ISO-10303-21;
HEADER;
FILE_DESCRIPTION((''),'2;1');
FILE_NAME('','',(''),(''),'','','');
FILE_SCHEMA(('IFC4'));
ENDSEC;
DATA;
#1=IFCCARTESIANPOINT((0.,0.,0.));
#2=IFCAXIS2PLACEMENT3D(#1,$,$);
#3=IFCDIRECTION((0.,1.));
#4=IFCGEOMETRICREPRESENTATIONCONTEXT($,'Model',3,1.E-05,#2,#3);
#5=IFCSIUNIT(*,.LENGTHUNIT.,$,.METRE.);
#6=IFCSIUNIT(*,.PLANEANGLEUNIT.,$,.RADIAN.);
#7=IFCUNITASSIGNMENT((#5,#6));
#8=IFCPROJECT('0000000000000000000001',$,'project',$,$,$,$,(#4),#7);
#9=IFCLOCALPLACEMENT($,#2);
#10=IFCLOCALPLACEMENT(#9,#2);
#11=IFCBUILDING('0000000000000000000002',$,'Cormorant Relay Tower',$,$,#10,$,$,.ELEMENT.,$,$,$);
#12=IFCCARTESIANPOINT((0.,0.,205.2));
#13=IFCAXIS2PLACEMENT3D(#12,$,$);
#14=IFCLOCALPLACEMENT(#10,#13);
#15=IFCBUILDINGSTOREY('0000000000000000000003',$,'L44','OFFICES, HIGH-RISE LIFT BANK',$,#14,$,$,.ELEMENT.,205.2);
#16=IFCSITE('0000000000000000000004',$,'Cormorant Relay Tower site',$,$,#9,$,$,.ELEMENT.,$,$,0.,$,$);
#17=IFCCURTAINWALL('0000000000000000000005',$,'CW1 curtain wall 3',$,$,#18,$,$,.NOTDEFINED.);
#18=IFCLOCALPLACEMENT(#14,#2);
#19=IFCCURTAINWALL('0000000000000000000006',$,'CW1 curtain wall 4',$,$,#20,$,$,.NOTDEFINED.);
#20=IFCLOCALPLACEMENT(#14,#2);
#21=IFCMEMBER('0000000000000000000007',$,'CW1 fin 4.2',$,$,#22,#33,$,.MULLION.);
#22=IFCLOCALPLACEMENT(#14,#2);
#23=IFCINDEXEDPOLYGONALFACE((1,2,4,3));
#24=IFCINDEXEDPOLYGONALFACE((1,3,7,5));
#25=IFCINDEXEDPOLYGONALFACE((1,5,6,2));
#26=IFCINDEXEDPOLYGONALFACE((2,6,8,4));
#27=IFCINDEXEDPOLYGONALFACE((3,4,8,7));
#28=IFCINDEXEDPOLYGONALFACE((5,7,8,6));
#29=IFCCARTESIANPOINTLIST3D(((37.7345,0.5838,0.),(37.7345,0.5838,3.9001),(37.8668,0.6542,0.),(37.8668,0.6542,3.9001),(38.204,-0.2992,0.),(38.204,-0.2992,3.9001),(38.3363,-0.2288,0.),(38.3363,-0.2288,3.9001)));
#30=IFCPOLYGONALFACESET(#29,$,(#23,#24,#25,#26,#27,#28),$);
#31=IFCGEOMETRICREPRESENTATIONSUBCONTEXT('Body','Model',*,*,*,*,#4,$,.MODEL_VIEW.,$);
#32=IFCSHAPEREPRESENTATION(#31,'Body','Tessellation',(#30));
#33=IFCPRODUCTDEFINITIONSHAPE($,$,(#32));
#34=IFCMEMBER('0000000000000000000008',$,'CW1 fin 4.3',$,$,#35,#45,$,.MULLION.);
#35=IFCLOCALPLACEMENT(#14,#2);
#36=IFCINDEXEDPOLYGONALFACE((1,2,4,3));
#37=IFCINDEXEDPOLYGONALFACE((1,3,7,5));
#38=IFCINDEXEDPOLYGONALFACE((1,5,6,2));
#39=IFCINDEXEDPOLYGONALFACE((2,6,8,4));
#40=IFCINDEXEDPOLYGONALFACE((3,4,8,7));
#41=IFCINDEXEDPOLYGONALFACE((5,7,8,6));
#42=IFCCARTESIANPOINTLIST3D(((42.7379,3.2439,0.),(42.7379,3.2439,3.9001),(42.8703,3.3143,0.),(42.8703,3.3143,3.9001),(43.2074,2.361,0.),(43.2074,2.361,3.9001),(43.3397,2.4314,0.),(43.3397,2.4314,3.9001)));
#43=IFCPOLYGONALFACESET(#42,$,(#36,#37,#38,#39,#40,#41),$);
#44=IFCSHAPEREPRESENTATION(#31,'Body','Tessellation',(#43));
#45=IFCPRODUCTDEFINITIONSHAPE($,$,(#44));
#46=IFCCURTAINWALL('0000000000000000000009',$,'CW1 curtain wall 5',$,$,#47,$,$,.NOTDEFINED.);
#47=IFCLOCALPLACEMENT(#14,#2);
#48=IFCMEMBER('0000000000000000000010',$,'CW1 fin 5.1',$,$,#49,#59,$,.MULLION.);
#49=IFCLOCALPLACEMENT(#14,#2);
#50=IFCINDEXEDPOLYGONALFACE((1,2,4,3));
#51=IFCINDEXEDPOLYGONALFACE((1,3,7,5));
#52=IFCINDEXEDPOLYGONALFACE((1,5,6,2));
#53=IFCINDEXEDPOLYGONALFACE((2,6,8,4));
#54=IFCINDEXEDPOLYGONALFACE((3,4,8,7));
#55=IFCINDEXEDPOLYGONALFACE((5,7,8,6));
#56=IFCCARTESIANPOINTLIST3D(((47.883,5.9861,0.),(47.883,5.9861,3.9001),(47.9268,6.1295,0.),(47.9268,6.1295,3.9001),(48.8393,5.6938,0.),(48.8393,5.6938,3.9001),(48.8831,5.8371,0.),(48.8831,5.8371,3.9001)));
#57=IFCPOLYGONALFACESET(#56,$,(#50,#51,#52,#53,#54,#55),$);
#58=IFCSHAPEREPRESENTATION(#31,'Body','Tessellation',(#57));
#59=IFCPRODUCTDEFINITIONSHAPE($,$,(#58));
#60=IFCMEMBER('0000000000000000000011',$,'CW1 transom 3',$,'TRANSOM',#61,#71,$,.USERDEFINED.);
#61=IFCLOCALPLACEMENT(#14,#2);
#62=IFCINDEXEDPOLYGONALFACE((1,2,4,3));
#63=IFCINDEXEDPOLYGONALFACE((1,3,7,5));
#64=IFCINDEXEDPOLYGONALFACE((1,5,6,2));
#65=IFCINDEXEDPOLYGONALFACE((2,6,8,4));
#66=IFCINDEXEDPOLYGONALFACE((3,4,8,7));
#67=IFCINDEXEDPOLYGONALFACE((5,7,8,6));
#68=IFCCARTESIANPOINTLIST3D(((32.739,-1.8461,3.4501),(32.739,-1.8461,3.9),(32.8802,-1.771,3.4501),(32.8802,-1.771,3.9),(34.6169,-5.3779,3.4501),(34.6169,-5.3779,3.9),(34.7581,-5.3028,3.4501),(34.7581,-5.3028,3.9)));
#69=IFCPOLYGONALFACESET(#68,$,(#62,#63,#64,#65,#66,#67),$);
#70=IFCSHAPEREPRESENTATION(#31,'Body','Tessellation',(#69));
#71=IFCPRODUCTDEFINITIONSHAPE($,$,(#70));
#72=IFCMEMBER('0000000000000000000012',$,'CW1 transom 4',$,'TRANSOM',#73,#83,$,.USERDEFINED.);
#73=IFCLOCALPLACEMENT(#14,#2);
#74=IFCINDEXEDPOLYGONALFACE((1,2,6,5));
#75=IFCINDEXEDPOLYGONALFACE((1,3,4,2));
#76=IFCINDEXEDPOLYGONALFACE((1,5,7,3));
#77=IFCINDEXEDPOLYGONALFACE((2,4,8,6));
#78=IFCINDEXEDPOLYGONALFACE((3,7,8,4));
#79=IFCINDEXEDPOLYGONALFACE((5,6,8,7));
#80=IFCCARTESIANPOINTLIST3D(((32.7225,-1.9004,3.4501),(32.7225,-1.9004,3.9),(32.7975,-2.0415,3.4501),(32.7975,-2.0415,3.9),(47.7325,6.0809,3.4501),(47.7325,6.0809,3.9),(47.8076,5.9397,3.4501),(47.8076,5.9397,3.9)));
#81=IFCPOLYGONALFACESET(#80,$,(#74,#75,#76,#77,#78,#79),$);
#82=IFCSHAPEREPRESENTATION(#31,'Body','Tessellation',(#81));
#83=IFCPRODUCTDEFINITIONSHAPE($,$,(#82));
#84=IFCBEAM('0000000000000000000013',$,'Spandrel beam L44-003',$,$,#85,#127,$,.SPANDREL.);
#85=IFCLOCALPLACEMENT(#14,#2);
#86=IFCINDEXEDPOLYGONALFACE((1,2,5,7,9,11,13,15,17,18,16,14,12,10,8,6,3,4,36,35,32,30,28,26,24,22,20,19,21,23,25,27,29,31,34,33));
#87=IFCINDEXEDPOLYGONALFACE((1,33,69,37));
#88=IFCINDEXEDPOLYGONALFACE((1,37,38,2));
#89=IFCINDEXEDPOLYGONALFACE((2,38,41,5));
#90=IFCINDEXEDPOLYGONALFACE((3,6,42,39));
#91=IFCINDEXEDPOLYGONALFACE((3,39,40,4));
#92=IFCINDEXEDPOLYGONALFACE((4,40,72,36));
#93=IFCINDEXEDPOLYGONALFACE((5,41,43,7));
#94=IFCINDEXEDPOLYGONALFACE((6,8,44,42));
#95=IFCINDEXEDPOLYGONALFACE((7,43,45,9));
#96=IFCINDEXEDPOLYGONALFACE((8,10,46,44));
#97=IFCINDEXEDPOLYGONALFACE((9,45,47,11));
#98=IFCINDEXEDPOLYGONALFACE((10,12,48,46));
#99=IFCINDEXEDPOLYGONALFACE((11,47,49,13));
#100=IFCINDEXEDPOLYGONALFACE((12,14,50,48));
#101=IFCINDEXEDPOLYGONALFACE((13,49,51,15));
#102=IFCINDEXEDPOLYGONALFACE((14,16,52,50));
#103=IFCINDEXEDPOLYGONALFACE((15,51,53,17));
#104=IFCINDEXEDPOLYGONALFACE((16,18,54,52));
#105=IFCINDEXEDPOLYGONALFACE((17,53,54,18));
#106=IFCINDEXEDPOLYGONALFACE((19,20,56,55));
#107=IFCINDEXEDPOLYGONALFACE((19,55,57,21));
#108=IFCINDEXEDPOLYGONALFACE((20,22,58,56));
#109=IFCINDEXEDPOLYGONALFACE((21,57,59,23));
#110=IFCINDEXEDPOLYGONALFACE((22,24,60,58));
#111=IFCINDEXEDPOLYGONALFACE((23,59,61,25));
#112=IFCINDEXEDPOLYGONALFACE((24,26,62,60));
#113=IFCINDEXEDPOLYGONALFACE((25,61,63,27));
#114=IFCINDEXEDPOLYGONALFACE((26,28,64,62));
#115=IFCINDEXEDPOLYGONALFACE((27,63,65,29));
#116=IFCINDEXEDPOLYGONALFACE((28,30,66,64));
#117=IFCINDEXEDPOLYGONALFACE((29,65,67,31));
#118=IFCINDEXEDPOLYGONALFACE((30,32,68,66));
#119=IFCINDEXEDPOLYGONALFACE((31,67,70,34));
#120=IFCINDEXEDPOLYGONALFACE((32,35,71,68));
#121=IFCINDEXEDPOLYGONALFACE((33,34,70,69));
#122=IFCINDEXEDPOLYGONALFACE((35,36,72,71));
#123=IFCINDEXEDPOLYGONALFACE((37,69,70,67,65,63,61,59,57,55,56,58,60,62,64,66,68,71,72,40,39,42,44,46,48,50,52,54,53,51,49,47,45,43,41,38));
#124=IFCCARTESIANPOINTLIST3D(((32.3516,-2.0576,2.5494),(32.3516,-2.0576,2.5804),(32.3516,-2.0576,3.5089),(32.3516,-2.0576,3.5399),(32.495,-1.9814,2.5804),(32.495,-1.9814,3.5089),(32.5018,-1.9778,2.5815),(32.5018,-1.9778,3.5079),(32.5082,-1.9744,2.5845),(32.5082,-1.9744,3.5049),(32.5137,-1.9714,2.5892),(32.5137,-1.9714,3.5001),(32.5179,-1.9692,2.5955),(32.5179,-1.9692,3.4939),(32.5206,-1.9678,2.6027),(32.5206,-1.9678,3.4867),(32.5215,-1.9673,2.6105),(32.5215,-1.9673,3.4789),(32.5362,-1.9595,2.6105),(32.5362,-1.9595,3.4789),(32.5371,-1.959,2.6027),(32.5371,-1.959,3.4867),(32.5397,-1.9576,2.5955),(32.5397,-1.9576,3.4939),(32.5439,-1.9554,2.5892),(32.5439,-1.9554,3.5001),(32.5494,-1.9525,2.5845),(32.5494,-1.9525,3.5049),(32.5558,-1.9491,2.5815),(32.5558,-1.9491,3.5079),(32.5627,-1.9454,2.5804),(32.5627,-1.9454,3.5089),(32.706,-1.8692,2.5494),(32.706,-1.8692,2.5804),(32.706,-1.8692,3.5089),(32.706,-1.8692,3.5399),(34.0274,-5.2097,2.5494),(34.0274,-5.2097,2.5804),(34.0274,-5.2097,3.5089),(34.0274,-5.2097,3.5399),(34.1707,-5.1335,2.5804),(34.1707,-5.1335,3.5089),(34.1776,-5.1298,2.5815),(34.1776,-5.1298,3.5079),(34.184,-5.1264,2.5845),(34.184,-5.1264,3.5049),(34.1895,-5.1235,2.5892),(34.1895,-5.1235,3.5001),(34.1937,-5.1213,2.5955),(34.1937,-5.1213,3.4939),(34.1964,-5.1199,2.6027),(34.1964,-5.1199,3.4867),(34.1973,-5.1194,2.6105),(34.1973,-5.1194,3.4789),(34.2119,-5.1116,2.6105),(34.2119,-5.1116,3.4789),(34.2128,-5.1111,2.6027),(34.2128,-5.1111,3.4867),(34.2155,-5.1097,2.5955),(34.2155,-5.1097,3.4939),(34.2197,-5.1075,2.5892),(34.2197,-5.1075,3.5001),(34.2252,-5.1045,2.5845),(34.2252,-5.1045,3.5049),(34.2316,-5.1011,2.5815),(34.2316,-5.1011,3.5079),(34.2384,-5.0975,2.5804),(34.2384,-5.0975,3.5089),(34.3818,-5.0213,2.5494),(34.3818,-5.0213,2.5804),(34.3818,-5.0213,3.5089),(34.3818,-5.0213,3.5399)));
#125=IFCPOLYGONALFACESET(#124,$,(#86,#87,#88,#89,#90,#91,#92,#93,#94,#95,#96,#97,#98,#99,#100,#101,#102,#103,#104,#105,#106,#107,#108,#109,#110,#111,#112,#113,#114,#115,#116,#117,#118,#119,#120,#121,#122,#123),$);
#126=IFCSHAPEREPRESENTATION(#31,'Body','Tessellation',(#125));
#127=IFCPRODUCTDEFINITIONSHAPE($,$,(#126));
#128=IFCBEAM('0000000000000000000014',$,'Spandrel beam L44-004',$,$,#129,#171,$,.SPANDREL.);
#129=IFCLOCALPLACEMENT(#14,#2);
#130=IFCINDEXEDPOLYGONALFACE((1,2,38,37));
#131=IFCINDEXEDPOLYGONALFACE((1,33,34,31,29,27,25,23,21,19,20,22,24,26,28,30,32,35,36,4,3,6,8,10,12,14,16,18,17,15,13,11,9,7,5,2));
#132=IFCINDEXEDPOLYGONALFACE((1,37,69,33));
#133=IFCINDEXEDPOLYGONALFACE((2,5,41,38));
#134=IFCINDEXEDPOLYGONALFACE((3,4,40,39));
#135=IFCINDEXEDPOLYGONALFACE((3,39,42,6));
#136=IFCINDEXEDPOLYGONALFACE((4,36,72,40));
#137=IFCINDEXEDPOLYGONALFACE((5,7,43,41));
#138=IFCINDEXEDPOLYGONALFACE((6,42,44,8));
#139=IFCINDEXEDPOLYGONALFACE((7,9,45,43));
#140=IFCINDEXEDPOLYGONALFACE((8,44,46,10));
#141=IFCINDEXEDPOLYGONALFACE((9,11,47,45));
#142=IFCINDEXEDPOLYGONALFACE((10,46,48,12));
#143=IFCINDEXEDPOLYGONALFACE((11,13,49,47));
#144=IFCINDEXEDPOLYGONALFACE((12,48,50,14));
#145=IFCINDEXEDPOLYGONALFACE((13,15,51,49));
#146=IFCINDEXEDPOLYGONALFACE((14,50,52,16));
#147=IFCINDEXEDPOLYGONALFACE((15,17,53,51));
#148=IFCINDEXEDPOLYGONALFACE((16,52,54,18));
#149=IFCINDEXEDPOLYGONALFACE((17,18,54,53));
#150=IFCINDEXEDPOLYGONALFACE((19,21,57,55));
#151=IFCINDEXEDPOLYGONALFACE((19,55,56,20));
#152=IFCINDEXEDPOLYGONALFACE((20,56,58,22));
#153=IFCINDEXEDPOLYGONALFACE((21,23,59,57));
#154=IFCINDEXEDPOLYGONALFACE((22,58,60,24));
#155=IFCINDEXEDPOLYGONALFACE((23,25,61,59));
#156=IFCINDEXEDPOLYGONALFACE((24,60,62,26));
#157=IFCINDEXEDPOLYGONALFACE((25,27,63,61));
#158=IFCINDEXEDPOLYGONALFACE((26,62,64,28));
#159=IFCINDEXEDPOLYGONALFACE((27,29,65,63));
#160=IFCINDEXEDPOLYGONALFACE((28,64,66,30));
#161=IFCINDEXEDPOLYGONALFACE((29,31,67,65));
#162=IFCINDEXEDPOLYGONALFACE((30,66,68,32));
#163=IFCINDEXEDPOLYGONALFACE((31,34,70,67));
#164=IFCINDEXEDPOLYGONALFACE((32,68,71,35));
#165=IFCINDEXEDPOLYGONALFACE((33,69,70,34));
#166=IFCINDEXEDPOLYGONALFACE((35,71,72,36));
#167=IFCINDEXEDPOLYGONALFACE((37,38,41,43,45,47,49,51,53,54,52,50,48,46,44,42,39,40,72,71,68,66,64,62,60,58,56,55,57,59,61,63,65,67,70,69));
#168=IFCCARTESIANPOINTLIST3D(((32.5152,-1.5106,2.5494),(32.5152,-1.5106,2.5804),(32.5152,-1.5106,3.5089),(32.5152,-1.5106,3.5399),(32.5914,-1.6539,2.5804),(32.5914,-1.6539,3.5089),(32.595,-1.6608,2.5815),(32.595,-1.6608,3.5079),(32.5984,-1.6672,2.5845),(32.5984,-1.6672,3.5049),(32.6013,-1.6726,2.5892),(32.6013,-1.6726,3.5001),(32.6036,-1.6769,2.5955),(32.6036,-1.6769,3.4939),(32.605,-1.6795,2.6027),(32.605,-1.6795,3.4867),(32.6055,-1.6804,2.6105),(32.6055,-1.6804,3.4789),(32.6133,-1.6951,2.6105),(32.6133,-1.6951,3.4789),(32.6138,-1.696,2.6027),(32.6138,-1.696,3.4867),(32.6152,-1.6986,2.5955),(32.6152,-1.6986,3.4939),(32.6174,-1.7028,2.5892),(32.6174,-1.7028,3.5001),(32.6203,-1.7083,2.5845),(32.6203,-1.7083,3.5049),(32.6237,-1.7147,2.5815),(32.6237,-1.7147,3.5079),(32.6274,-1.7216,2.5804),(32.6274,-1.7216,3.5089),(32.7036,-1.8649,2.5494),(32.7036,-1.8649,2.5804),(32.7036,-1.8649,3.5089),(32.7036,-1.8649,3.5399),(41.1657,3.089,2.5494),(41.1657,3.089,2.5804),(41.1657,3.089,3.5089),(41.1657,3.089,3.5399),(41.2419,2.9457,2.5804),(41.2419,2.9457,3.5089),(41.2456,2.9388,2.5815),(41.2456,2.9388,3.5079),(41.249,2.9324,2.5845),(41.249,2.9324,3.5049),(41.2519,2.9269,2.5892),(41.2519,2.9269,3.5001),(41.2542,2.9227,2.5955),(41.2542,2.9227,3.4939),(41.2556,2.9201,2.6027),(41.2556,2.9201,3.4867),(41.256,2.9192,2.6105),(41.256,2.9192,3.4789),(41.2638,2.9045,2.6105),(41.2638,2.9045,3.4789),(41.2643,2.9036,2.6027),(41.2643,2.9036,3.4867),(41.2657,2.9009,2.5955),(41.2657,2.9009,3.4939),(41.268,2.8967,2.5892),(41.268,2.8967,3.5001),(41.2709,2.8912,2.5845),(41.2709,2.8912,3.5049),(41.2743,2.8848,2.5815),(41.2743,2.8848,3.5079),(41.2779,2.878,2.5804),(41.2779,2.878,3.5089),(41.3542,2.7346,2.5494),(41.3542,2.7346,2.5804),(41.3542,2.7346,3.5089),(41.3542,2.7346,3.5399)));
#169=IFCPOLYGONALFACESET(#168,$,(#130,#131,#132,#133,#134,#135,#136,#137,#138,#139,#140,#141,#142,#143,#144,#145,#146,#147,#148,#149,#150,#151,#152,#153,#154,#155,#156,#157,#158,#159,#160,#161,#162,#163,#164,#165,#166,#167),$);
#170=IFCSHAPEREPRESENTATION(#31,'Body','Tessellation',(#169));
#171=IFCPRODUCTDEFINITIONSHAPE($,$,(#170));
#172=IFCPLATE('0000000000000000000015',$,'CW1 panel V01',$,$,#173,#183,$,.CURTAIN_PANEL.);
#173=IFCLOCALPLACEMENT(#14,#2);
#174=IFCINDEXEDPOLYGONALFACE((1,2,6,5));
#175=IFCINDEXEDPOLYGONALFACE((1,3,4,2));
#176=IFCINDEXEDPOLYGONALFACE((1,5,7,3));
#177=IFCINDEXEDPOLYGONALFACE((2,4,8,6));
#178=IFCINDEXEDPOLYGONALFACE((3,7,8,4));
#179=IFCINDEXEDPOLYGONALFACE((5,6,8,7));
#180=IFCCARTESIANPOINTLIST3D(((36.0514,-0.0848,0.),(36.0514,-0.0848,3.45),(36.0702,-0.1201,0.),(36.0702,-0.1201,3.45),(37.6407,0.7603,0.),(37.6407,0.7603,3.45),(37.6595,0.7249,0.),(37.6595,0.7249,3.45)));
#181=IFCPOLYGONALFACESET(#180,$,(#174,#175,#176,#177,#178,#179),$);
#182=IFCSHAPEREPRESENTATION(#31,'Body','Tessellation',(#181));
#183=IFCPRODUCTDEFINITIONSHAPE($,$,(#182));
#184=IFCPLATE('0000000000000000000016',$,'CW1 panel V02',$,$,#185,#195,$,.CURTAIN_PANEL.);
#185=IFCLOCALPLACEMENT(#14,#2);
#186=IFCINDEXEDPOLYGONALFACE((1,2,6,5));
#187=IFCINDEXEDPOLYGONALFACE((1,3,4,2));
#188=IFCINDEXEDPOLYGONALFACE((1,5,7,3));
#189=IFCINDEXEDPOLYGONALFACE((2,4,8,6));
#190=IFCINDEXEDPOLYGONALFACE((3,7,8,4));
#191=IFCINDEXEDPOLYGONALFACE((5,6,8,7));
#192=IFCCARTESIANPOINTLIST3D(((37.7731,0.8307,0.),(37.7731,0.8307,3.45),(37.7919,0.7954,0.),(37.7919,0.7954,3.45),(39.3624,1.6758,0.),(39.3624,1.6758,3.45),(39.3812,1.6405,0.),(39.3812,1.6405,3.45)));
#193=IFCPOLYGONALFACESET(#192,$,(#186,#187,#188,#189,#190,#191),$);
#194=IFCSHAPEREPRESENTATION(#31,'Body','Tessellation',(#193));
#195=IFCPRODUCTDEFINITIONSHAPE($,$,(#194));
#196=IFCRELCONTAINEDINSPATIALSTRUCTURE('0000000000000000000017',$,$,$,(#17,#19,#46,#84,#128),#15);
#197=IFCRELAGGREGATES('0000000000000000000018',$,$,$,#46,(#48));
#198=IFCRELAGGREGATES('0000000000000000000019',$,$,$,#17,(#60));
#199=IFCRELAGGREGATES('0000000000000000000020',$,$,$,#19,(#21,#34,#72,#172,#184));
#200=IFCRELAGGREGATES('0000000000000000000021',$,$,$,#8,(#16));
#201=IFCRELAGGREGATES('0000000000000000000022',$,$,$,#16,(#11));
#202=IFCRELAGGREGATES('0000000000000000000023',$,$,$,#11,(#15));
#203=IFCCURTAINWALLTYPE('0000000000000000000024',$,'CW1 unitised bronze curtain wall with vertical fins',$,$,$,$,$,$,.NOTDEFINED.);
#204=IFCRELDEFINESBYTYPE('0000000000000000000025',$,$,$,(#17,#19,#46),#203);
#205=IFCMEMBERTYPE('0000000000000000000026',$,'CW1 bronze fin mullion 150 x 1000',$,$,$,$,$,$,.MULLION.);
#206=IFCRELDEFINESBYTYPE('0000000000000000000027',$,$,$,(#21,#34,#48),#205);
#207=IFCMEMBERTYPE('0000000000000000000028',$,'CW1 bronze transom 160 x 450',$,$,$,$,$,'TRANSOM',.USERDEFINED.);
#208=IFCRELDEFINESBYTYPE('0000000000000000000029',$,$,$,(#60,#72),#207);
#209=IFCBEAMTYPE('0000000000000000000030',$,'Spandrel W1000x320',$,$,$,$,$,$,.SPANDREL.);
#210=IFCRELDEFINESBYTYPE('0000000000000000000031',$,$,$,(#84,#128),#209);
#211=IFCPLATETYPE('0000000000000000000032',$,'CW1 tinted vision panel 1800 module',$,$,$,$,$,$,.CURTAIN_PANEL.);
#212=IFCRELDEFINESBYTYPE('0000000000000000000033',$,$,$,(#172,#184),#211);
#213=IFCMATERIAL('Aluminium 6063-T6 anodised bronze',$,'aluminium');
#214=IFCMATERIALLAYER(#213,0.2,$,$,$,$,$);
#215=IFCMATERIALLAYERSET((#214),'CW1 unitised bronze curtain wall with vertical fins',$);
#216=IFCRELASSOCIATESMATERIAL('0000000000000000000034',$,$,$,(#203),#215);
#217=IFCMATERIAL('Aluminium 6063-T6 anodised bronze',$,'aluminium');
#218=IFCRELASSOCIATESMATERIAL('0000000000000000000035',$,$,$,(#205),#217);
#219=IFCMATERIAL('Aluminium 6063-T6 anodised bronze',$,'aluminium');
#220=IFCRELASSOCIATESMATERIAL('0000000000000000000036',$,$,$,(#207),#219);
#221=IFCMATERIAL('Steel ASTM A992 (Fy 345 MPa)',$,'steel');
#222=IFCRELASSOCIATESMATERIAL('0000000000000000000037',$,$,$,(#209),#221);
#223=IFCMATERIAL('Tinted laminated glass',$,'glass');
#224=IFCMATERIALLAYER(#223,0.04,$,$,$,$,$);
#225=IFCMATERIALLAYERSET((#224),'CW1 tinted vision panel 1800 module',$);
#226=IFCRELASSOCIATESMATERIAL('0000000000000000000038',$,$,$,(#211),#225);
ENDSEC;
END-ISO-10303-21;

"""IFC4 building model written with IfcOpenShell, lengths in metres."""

from ifc_helpers import new_model, si_unit, direction, frame, origin, origin_2d, place, context, subcontext, project, spatial, rectangle, i_section, extrude, material, layer, layer_set, material_profile, profile_set, type_object, element, aggregate, save


model = new_model("IFC4")

# Units and contexts
model_context = context("Model", 3, precision=1e-05, world=origin(), true_north=direction((0.0, 1.0)))
body_context = subcontext(model_context, "Body", "Model", "MODEL_VIEW")
ifc_project = project(units=[si_unit("LENGTHUNIT", "METRE"), si_unit("PLANEANGLEUNIT", "RADIAN")], contexts=[model_context])

# Site, building, storey
site_placement = place(None, origin())
site = spatial("IfcSite", under=ifc_project, at=site_placement, Name="Cormorant Relay Tower site", CompositionType="ELEMENT", RefElevation=0.0)
building_placement = place(site_placement, origin())
building = spatial("IfcBuilding", under=site, at=building_placement, Name="Cormorant Relay Tower", CompositionType="ELEMENT")
storey_placement = place(building_placement, frame((0.0, 0.0, 205.2)))
storey = spatial("IfcBuildingStorey", under=building, at=storey_placement, Name="L44", Description="OFFICES, HIGH-RISE LIFT BANK", CompositionType="ELEMENT", Elevation=205.2)

# Shared definitions
ifc_material_1 = material(Name="Aluminium 6063-T6 anodised bronze", Category="aluminium")
ifc_layer_1 = layer(ifc_material_1, 0.2)
ifc_layer_set_1 = layer_set([ifc_layer_1], Name="CW1 unitised bronze curtain wall with vertical fins")
curtain_wall_type = type_object("IfcCurtainWallType", Name="CW1 unitised bronze curtain wall with vertical fins", PredefinedType="NOTDEFINED", material=ifc_layer_set_1)
ifc_material_2 = material(Name="Aluminium 6063-T6 anodised bronze", Category="aluminium")
ifc_material_profile_1 = material_profile(ifc_material_2, rectangle(XDim=0.1499, YDim=1.0, at=origin_2d()), Name="AL 150x1000")
ifc_profile_set_1 = profile_set([ifc_material_profile_1], Name="Aluminium 6063-T6 anodised bronze")
member_type_1 = type_object("IfcMemberType", Name="CW1 bronze fin mullion 150 x 1000", PredefinedType="MULLION", material=ifc_profile_set_1)

# Curtain wall
curtain_wall_1_placement = place(storey_placement, origin())
curtain_wall_1 = element("IfcCurtainWall", 1, at=curtain_wall_1_placement, inside=storey, type_object=curtain_wall_type, Name="CW1 curtain wall 3", PredefinedType="NOTDEFINED")

# Curtain wall, members
curtain_wall_2_placement = place(storey_placement, origin())
curtain_wall_2 = element("IfcCurtainWall", 2, at=curtain_wall_2_placement, inside=storey, type_object=curtain_wall_type, Name="CW1 curtain wall 4", PredefinedType="NOTDEFINED")
member_1_placement = place(storey_placement, frame((38.0354, 0.1775, 0.0), z_axis=(0.0, 0.0, 1.0), x_axis=(0.882948, 0.469472, 0.0)))
member_1 = element("IfcMember", 3, at=member_1_placement, type_object=member_type_1, Name="CW1 fin 4.2", PredefinedType="MULLION", context=body_context, shape_type="SweptSolid", body=[
    extrude(rectangle(XDim=0.1499, YDim=1.0, at=origin_2d()), origin(), (0.0, 0.0, 1.0), 3.9001),
])
member_2_placement = place(storey_placement, frame((43.0388, 2.8376, 0.0), z_axis=(0.0, 0.0, 1.0), x_axis=(0.882948, 0.469472, 0.0)))
member_2 = element("IfcMember", 4, at=member_2_placement, type_object=member_type_1, Name="CW1 fin 4.3", PredefinedType="MULLION", context=body_context, shape_type="SweptSolid", body=[
    extrude(rectangle(XDim=0.1499, YDim=1.0, at=origin_2d()), origin(), (0.0, 0.0, 1.0), 3.9001),
])

# Curtain wall, member
curtain_wall_3_placement = place(storey_placement, origin())
curtain_wall_3 = element("IfcCurtainWall", 5, at=curtain_wall_3_placement, inside=storey, type_object=curtain_wall_type, Name="CW1 curtain wall 5", PredefinedType="NOTDEFINED")
member_3_placement = place(storey_placement, frame((48.3831, 5.9116, 0.0), z_axis=(0.0, 0.0, 1.0), x_axis=(0.292372, 0.956305, 0.0)))
member_3 = element("IfcMember", 6, at=member_3_placement, type_object=member_type_1, Name="CW1 fin 5.1", PredefinedType="MULLION", context=body_context, shape_type="SweptSolid", body=[
    extrude(rectangle(XDim=0.1499, YDim=1.0, at=origin_2d()), origin(), (0.0, 0.0, 1.0), 3.9001),
])
aggregate(curtain_wall_3, [member_3])

# Members
ifc_material_3 = material(Name="Aluminium 6063-T6 anodised bronze", Category="aluminium")
ifc_material_profile_2 = material_profile(ifc_material_3, rectangle(XDim=0.1599, YDim=0.45, at=origin_2d()), Name="AL 160x450")
ifc_profile_set_2 = profile_set([ifc_material_profile_2], Name="Aluminium 6063-T6 anodised bronze")
member_type_2 = type_object("IfcMemberType", Name="CW1 bronze transom 160 x 450", ElementType="TRANSOM", PredefinedType="USERDEFINED", material=ifc_profile_set_2)
member_4_placement = place(storey_placement, frame((34.6875, -5.3403, 3.675), z_axis=(-0.469485, 0.88294, 0.0), x_axis=(-0.88294, -0.469485, 0.0)))
member_4 = element("IfcMember", 7, at=member_4_placement, type_object=member_type_2, Name="CW1 transom 3", ObjectType="TRANSOM", PredefinedType="USERDEFINED", context=body_context, shape_type="SweptSolid", body=[
    extrude(rectangle(XDim=0.1599, YDim=0.45, at=origin_2d()), origin(), (0.0, 0.0, 1.0), 4.0),
])
member_5_placement = place(storey_placement, frame((32.76, -1.9709, 3.675), z_axis=(0.882942, 0.469482, 0.0), x_axis=(-0.469482, 0.882942, 0.0)))
member_5 = element("IfcMember", 8, at=member_5_placement, type_object=member_type_2, Name="CW1 transom 4", ObjectType="TRANSOM", PredefinedType="USERDEFINED", context=body_context, shape_type="SweptSolid", body=[
    extrude(rectangle(XDim=0.1599, YDim=0.45, at=origin_2d()), origin(), (0.0, 0.0, 1.0), 17.0),
])

# Beams
ifc_material_4 = material(Name="Steel ASTM A992 (Fy 345 MPa)", Category="steel")
ifc_material_profile_3 = material_profile(ifc_material_4, i_section(OverallWidth=0.4014, OverallDepth=0.9905, WebThickness=0.0166, FlangeThickness=0.031, FilletRadius=0.03, at=origin_2d()), Name="W1000x320")
ifc_profile_set_3 = profile_set([ifc_material_profile_3], Name="Steel ASTM A992 (Fy 345 MPa)")
beam_type = type_object("IfcBeamType", Name="Spandrel W1000x320", PredefinedType="SPANDREL", material=ifc_profile_set_3)
beam_1_placement = place(storey_placement, frame((34.2046, -5.1155, 3.0447), z_axis=(-0.469424, 0.882973, 0.0), x_axis=(-0.882973, -0.469424, 0.0)))
element("IfcBeam", 9, at=beam_1_placement, inside=storey, type_object=beam_type, Name="Spandrel beam L44-003", PredefinedType="SPANDREL", context=body_context, shape_type="SweptSolid", body=[
    extrude(i_section(OverallWidth=0.4014, OverallDepth=0.9905, WebThickness=0.0166, FlangeThickness=0.031, FilletRadius=0.03, at=origin_2d()), origin(), (0.0, 0.0, 1.0), 3.5698),
])
beam_2_placement = place(storey_placement, frame((32.6094, -1.6877, 3.0447), z_axis=(0.882948, 0.46947, 0.0), x_axis=(-0.46947, 0.882948, 0.0)))
element("IfcBeam", 10, at=beam_2_placement, inside=storey, type_object=beam_type, Name="Spandrel beam L44-004", PredefinedType="SPANDREL", context=body_context, shape_type="SweptSolid", body=[
    extrude(i_section(OverallWidth=0.4014, OverallDepth=0.9905, WebThickness=0.0166, FlangeThickness=0.031, FilletRadius=0.03, at=origin_2d()), origin(), (0.0, 0.0, 1.0), 9.7974),
])

# Plates
ifc_material_5 = material(Name="Tinted laminated glass", Category="glass")
ifc_layer_2 = layer(ifc_material_5, 0.04)
ifc_layer_set_2 = layer_set([ifc_layer_2], Name="CW1 tinted vision panel 1800 module")
plate_type_1 = type_object("IfcPlateType", Name="CW1 tinted vision panel 1800 module", PredefinedType="CURTAIN_PANEL", material=ifc_layer_set_2)
plate_1_placement = place(storey_placement, frame((36.8555, 0.3201, 0.0), z_axis=(0.0, 0.0, 1.0), x_axis=(0.882948, 0.469472, 0.0)))
plate_1 = element("IfcPlate", 11, at=plate_1_placement, type_object=plate_type_1, Name="CW1 panel V01", PredefinedType="CURTAIN_PANEL", context=body_context, shape_type="SweptSolid", body=[
    extrude(rectangle(XDim=1.8, YDim=0.04, at=origin_2d()), origin(), (0.0, 0.0, 1.0), 3.45),
])
plate_2_placement = place(storey_placement, frame((38.5771, 1.2356, 0.0), z_axis=(0.0, 0.0, 1.0), x_axis=(0.882948, 0.469472, 0.0)))
plate_2 = element("IfcPlate", 12, at=plate_2_placement, type_object=plate_type_1, Name="CW1 panel V02", PredefinedType="CURTAIN_PANEL", context=body_context, shape_type="SweptSolid", body=[
    extrude(rectangle(XDim=1.8, YDim=0.04, at=origin_2d()), origin(), (0.0, 0.0, 1.0), 3.45),
])

aggregate(curtain_wall_1, [member_4])
aggregate(curtain_wall_2, [member_1, member_2, member_5, plate_1, plate_2])

save(model, "model.ifc")
